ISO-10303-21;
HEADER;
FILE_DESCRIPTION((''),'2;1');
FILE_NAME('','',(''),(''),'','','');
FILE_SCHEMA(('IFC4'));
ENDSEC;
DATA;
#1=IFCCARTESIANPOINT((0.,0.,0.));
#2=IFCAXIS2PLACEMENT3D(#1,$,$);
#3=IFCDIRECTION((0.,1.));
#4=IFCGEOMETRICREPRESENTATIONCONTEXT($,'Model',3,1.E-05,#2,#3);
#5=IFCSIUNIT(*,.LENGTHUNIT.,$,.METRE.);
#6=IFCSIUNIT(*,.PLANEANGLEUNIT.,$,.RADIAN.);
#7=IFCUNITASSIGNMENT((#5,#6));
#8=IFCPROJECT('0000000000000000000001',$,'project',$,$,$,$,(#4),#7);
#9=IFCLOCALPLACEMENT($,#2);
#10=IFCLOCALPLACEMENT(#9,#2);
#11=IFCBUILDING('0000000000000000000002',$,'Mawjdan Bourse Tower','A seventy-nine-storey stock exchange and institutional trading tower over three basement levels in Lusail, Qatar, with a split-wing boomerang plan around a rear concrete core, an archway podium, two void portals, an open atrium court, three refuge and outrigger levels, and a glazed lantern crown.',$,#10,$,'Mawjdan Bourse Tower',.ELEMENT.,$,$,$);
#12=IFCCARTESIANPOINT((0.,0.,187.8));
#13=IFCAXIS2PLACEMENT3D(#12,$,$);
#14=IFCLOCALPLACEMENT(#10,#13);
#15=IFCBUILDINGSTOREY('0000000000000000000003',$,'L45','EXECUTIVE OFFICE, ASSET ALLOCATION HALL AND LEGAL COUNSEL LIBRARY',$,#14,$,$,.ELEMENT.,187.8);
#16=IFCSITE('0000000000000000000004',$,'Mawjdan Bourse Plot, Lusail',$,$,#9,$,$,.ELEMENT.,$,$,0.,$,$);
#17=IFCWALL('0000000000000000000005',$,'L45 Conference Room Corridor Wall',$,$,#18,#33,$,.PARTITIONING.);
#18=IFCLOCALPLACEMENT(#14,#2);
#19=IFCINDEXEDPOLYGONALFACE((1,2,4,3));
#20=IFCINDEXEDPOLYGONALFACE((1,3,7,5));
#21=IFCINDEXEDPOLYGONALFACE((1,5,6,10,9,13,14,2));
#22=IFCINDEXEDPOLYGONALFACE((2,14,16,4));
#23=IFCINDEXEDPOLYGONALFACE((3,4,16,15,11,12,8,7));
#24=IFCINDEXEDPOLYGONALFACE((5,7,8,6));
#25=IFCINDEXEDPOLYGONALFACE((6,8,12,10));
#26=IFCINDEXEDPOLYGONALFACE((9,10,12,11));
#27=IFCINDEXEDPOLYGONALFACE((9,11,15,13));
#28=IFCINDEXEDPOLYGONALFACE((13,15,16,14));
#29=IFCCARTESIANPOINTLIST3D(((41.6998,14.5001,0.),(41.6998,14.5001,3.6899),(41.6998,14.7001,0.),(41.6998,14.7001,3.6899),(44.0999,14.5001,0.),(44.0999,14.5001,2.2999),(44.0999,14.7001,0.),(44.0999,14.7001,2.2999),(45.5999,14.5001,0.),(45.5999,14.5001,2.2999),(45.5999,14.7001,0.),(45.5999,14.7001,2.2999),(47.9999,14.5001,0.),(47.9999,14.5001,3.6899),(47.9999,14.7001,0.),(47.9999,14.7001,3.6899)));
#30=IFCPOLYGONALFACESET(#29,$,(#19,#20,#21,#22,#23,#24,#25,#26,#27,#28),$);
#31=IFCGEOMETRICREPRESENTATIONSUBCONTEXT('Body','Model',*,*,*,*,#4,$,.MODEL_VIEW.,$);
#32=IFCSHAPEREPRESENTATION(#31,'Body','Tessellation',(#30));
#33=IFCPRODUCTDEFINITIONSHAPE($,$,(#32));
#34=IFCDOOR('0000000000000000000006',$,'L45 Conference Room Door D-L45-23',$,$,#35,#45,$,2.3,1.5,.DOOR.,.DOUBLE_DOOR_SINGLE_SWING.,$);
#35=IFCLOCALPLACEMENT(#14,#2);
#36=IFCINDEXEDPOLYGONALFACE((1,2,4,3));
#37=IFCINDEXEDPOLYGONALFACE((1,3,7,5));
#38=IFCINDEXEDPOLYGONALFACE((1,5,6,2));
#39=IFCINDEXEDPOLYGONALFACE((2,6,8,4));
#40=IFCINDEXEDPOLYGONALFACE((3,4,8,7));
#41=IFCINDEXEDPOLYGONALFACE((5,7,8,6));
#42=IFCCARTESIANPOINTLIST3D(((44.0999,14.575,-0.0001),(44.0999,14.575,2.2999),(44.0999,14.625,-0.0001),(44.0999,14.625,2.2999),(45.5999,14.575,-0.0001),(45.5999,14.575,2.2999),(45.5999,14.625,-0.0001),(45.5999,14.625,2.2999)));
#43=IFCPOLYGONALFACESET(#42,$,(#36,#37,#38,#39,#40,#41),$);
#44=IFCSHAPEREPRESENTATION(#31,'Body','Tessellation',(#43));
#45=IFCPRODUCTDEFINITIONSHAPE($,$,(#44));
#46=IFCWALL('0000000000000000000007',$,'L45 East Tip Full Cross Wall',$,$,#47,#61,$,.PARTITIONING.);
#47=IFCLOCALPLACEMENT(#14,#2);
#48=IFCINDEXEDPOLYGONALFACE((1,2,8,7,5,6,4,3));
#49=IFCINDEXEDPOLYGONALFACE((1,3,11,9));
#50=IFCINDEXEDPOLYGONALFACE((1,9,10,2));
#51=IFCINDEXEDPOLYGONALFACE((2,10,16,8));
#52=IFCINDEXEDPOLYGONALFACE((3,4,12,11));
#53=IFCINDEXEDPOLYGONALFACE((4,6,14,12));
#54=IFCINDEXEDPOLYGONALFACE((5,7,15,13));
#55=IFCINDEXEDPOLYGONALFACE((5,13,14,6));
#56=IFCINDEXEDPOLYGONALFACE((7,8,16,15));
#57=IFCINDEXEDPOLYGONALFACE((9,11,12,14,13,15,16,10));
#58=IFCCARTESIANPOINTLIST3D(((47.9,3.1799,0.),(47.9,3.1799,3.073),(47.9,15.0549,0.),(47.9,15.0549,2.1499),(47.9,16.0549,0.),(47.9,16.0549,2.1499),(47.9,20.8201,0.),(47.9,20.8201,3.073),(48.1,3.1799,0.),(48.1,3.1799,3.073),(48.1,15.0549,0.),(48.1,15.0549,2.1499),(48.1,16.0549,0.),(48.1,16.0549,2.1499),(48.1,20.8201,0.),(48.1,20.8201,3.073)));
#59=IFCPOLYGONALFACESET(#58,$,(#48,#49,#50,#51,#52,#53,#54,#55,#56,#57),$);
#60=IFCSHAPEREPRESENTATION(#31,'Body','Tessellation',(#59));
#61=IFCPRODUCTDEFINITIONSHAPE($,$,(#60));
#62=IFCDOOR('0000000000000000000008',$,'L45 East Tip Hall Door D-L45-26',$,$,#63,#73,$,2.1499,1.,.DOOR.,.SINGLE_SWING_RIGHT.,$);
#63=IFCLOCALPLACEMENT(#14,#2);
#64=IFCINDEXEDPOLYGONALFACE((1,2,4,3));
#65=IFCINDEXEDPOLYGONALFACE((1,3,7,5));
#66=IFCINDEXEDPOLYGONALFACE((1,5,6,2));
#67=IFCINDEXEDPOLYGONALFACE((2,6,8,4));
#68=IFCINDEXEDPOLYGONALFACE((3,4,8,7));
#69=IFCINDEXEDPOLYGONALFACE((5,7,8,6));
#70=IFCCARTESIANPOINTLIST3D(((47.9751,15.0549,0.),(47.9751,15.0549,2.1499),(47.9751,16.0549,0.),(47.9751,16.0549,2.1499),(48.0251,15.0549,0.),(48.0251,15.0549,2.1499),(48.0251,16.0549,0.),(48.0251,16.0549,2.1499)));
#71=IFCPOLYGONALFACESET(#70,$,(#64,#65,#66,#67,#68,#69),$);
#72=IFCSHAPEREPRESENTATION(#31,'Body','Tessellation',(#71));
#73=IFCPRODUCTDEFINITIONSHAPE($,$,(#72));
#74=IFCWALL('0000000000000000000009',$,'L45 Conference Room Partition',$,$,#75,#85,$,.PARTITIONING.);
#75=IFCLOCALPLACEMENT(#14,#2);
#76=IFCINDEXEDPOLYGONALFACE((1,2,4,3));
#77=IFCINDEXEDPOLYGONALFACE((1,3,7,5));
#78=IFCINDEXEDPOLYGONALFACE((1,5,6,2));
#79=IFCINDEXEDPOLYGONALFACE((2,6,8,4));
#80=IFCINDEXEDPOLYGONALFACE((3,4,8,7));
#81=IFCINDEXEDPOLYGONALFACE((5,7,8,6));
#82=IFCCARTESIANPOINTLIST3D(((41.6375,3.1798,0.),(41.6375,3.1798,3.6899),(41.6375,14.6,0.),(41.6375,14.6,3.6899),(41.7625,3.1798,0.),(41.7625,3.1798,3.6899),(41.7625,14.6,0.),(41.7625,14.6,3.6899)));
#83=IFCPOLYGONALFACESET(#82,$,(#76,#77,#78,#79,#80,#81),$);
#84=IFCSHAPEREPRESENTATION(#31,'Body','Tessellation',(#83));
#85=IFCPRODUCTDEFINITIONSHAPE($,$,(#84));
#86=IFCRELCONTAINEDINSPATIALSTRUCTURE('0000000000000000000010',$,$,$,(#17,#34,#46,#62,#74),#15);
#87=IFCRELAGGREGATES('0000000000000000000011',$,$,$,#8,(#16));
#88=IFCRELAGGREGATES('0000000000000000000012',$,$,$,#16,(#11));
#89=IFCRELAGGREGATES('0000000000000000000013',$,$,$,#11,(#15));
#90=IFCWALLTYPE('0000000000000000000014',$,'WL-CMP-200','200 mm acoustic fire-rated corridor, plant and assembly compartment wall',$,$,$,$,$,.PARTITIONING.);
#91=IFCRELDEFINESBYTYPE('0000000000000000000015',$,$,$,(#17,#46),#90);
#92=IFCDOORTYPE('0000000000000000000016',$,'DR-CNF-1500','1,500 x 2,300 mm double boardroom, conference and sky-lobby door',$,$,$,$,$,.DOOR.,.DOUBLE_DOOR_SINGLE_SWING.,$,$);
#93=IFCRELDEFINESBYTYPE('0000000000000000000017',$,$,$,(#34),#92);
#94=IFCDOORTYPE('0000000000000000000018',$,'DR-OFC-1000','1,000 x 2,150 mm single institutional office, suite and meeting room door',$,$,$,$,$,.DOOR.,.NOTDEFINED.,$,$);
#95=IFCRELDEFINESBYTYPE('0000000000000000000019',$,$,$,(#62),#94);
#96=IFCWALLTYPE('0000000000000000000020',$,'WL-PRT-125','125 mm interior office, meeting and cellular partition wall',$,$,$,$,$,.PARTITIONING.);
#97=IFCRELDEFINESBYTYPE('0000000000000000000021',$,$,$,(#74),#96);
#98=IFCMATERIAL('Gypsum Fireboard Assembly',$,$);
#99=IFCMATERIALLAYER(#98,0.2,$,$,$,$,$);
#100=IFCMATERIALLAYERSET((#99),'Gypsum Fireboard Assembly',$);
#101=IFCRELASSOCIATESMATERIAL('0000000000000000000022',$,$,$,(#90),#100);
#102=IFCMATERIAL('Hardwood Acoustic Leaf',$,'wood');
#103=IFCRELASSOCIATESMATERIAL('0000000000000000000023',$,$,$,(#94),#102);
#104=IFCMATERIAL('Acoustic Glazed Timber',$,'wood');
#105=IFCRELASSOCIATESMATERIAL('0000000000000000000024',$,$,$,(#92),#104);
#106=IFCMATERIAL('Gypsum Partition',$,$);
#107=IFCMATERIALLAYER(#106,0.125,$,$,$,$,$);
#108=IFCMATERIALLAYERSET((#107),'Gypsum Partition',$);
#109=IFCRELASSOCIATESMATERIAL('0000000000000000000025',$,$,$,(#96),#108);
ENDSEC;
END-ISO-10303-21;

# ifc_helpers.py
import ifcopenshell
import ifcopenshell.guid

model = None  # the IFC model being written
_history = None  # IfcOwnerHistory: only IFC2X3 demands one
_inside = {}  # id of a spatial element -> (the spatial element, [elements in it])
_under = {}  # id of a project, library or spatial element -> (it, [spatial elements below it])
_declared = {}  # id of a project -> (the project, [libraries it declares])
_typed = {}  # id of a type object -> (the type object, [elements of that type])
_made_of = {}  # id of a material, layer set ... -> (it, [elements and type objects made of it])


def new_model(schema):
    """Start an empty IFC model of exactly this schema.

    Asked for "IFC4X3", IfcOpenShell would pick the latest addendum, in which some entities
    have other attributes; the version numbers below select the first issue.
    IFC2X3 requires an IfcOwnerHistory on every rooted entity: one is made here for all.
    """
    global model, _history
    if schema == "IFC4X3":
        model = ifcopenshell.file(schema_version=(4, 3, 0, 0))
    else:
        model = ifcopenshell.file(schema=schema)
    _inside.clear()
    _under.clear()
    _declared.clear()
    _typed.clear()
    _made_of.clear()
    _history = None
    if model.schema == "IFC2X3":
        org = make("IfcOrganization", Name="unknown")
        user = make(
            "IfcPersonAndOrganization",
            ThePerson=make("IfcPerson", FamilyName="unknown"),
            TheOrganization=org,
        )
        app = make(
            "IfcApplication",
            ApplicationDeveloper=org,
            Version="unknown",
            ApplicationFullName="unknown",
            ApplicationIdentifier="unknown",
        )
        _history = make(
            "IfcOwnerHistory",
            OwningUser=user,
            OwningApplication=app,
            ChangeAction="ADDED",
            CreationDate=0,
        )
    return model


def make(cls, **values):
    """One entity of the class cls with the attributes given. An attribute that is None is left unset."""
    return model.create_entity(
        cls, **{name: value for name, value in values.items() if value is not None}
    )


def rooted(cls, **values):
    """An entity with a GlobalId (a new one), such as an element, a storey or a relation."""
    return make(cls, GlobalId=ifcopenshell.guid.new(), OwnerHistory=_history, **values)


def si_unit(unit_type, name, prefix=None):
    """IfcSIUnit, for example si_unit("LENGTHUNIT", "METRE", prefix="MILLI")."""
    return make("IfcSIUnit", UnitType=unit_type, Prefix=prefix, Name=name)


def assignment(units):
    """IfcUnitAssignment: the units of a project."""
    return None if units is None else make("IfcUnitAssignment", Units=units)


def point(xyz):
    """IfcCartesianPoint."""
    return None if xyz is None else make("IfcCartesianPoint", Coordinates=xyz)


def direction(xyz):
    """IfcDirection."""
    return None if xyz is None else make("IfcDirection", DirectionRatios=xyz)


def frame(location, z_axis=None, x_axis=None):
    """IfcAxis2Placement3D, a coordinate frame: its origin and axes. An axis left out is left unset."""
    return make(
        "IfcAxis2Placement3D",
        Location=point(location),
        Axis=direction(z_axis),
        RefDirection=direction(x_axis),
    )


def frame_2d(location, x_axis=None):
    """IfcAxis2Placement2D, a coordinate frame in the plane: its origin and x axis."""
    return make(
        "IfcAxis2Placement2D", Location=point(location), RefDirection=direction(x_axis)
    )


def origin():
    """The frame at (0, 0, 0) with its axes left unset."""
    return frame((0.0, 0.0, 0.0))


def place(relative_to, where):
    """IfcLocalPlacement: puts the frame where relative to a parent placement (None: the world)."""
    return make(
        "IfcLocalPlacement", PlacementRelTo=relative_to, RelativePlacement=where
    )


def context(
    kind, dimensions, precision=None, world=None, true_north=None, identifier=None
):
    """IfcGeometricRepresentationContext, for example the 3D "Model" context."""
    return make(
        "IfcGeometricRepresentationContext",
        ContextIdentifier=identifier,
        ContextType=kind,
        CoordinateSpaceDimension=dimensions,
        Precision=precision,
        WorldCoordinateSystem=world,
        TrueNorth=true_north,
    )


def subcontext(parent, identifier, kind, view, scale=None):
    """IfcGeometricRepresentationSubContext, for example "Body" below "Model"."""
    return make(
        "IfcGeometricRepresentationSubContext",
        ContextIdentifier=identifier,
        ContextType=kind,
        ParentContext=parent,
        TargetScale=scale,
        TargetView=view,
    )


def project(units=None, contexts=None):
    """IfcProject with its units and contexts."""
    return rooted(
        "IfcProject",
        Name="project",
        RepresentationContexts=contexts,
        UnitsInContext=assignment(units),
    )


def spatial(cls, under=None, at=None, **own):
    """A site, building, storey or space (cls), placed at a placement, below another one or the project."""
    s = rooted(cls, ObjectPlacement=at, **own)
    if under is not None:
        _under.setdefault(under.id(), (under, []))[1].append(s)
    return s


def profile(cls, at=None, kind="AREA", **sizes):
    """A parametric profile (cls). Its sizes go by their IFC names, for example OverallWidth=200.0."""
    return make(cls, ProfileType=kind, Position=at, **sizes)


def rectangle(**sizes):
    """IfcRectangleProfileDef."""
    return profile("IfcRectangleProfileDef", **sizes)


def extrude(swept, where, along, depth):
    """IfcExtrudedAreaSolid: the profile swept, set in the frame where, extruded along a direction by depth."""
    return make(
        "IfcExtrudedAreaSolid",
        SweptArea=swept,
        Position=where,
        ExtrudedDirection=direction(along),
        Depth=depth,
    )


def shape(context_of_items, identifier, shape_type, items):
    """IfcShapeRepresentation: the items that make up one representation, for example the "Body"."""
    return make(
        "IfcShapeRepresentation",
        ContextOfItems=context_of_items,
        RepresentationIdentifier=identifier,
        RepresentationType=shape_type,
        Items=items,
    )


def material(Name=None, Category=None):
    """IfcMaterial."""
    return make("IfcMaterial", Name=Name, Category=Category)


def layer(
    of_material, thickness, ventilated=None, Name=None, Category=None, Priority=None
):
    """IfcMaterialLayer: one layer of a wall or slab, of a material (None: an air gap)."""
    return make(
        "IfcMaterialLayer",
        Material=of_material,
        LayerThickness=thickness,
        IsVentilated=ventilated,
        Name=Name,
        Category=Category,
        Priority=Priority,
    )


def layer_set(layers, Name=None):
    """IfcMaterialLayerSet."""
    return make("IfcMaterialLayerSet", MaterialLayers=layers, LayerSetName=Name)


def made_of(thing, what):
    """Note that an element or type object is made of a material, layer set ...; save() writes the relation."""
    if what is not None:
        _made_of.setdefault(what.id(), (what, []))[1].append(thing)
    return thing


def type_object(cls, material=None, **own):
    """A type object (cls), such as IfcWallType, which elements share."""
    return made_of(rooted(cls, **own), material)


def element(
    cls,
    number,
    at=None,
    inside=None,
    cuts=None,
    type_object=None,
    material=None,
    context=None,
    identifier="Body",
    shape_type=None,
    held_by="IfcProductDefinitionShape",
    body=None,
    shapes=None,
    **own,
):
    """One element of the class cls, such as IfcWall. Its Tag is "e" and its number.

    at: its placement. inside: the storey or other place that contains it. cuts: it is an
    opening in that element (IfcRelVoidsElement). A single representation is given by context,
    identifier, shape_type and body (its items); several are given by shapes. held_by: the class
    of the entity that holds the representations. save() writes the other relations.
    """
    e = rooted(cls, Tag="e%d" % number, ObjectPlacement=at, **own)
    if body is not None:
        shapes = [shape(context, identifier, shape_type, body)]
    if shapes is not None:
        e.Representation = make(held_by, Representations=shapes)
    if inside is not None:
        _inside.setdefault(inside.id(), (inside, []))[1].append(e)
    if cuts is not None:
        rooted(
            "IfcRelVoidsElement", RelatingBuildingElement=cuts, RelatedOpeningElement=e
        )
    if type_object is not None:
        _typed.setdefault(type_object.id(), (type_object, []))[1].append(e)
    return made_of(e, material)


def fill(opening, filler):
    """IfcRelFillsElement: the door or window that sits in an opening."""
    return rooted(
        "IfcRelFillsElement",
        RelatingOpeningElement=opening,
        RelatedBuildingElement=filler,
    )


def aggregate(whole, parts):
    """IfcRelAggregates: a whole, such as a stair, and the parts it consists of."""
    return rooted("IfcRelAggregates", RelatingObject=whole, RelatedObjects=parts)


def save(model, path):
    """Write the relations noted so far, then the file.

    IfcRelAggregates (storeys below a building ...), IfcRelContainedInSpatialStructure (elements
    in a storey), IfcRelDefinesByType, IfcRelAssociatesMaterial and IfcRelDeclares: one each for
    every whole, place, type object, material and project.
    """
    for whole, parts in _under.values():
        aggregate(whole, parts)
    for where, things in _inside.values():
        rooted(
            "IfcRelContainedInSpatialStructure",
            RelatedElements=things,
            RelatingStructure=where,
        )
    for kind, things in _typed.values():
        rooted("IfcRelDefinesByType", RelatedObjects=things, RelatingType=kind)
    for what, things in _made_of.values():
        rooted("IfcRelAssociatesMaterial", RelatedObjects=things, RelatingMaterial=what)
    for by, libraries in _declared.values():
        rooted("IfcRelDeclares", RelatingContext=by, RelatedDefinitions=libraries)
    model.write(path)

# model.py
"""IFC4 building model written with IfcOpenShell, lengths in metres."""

from ifc_helpers import new_model, si_unit, direction, frame, frame_2d, origin, place, context, subcontext, project, spatial, rectangle, extrude, material, layer, layer_set, type_object, element, fill, save


model = new_model("IFC4")

# Units and contexts
model_context = context("Model", 3, precision=1e-05, world=origin(), true_north=direction((0.0, 1.0)))
body_context = subcontext(model_context, "Body", "Model", "MODEL_VIEW")
ifc_project = project(units=[si_unit("LENGTHUNIT", "METRE"), si_unit("PLANEANGLEUNIT", "RADIAN")], contexts=[model_context])

# Site, building, storey
site_placement = place(None, origin())
site = spatial("IfcSite", under=ifc_project, at=site_placement, Name="Mawjdan Bourse Plot, Lusail", CompositionType="ELEMENT", RefElevation=0.0)
building_placement = place(site_placement, origin())
building = spatial("IfcBuilding", under=site, at=building_placement, Name="Mawjdan Bourse Tower", Description="A seventy-nine-storey stock exchange and institutional trading tower over three basement levels in Lusail, Qatar, with a split-wing boomerang plan around a rear concrete core, an archway podium, two void portals, an open atrium court, three refuge and outrigger levels, and a glazed lantern crown.", LongName="Mawjdan Bourse Tower", CompositionType="ELEMENT")
storey_placement = place(building_placement, frame((0.0, 0.0, 187.8)))
storey = spatial("IfcBuildingStorey", under=building, at=storey_placement, Name="L45", Description="EXECUTIVE OFFICE, ASSET ALLOCATION HALL AND LEGAL COUNSEL LIBRARY", CompositionType="ELEMENT", Elevation=187.8)

# Walls, openings, doors
ifc_material_1 = material(Name="Gypsum Fireboard Assembly")
ifc_layer_1 = layer(ifc_material_1, 0.2)
ifc_layer_set_1 = layer_set([ifc_layer_1], Name="Gypsum Fireboard Assembly")
wall_type_1 = type_object("IfcWallType", Name="WL-CMP-200", Description="200 mm acoustic fire-rated corridor, plant and assembly compartment wall", PredefinedType="PARTITIONING", material=ifc_layer_set_1)
ifc_material_2 = material(Name="Hardwood Acoustic Leaf", Category="wood")
door_type_1 = type_object("IfcDoorType", Name="DR-OFC-1000", Description="1,000 x 2,150 mm single institutional office, suite and meeting room door", OperationType="NOTDEFINED", PredefinedType="DOOR", material=ifc_material_2)
wall_1_placement = place(storey_placement, frame((41.7, 14.6001, 0.0), z_axis=(0.0, 0.0, 1.0), x_axis=(1.0, 0.0, 0.0)))
wall_1 = element("IfcWall", 1, at=wall_1_placement, inside=storey, type_object=wall_type_1, Name="L45 Conference Room Corridor Wall", PredefinedType="PARTITIONING", context=body_context, shape_type="SweptSolid", body=[
    extrude(rectangle(XDim=6.3, YDim=0.2, at=frame_2d((3.1499, 0.0))), origin(), (0.0, 0.0, 1.0), 3.6899),
])
opening_1_placement = place(wall_1_placement, frame((2.3999, 0.0, 0.0)))
opening_1 = element("IfcOpeningElement", 2, at=opening_1_placement, cuts=wall_1, PredefinedType="OPENING", context=body_context, shape_type="SweptSolid", body=[
    extrude(rectangle(XDim=1.5, YDim=2.3, at=frame_2d((0.75, 1.1499))), frame((0.0, 0.1099, 0.0), z_axis=(0.0, -1.0, 0.0), x_axis=(1.0, 0.0, 0.0)), (0.0, 0.0, 1.0), 0.22),
])
ifc_material_3 = material(Name="Acoustic Glazed Timber", Category="wood")
door_type_2 = type_object("IfcDoorType", Name="DR-CNF-1500", Description="1,500 x 2,300 mm double boardroom, conference and sky-lobby door", OperationType="DOUBLE_DOOR_SINGLE_SWING", PredefinedType="DOOR", material=ifc_material_3)
door_1_placement = place(opening_1_placement, origin())
door_1 = element("IfcDoor", 3, at=door_1_placement, inside=storey, type_object=door_type_2, Name="L45 Conference Room Door D-L45-23", OperationType="DOUBLE_DOOR_SINGLE_SWING", OverallHeight=2.3, OverallWidth=1.5, PredefinedType="DOOR", context=body_context, shape_type="SweptSolid", body=[
    extrude(rectangle(XDim=1.5, YDim=2.3, at=frame_2d((0.75, 1.1499))), frame((0.0, 0.0249, 0.0), z_axis=(0.0, -1.0, 0.0), x_axis=(1.0, 0.0, 0.0)), (0.0, 0.0, 1.0), 0.05),
])
fill(opening_1, door_1)
wall_2_placement = place(storey_placement, frame((48.0, 3.1799, 0.0), z_axis=(0.0, 0.0, 1.0), x_axis=(0.0, 1.0, 0.0)))
wall_2 = element("IfcWall", 4, at=wall_2_placement, inside=storey, type_object=wall_type_1, Name="L45 East Tip Full Cross Wall", PredefinedType="PARTITIONING", context=body_context, shape_type="SweptSolid", body=[
    extrude(rectangle(XDim=17.6401, YDim=0.2, at=frame_2d((8.8201, 0.0))), origin(), (0.0, 0.0, 1.0), 3.073),
])
opening_2_placement = place(wall_2_placement, frame((11.875, 0.0, 0.0)))
opening_2 = element("IfcOpeningElement", 5, at=opening_2_placement, cuts=wall_2, PredefinedType="OPENING", context=body_context, shape_type="SweptSolid", body=[
    extrude(rectangle(XDim=1.0, YDim=2.1499, at=frame_2d((0.5, 1.075))), frame((0.0, 0.1099, 0.0), z_axis=(0.0, -1.0, 0.0), x_axis=(1.0, 0.0, 0.0)), (0.0, 0.0, 1.0), 0.22),
])
door_2_placement = place(opening_2_placement, origin())
door_2 = element("IfcDoor", 6, at=door_2_placement, inside=storey, type_object=door_type_1, Name="L45 East Tip Hall Door D-L45-26", OperationType="SINGLE_SWING_RIGHT", OverallHeight=2.1499, OverallWidth=1.0, PredefinedType="DOOR", context=body_context, shape_type="SweptSolid", body=[
    extrude(rectangle(XDim=1.0, YDim=2.1499, at=frame_2d((0.5, 1.075))), frame((0.0, 0.0249, 0.0), z_axis=(0.0, -1.0, 0.0), x_axis=(1.0, 0.0, 0.0)), (0.0, 0.0, 1.0), 0.05),
])
fill(opening_2, door_2)

# Wall
ifc_material_4 = material(Name="Gypsum Partition")
ifc_layer_2 = layer(ifc_material_4, 0.125)
ifc_layer_set_2 = layer_set([ifc_layer_2], Name="Gypsum Partition")
wall_type_2 = type_object("IfcWallType", Name="WL-PRT-125", Description="125 mm interior office, meeting and cellular partition wall", PredefinedType="PARTITIONING", material=ifc_layer_set_2)
wall_3_placement = place(storey_placement, frame((41.7, 3.1799, 0.0), z_axis=(0.0, 0.0, 1.0), x_axis=(0.0, 1.0, 0.0)))
element("IfcWall", 7, at=wall_3_placement, inside=storey, type_object=wall_type_2, Name="L45 Conference Room Partition", PredefinedType="PARTITIONING", context=body_context, shape_type="SweptSolid", body=[
    extrude(rectangle(XDim=11.4202, YDim=0.125, at=frame_2d((5.71, 0.0))), origin(), (0.0, 0.0, 1.0), 3.6899),
])

save(model, "model.ifc")
